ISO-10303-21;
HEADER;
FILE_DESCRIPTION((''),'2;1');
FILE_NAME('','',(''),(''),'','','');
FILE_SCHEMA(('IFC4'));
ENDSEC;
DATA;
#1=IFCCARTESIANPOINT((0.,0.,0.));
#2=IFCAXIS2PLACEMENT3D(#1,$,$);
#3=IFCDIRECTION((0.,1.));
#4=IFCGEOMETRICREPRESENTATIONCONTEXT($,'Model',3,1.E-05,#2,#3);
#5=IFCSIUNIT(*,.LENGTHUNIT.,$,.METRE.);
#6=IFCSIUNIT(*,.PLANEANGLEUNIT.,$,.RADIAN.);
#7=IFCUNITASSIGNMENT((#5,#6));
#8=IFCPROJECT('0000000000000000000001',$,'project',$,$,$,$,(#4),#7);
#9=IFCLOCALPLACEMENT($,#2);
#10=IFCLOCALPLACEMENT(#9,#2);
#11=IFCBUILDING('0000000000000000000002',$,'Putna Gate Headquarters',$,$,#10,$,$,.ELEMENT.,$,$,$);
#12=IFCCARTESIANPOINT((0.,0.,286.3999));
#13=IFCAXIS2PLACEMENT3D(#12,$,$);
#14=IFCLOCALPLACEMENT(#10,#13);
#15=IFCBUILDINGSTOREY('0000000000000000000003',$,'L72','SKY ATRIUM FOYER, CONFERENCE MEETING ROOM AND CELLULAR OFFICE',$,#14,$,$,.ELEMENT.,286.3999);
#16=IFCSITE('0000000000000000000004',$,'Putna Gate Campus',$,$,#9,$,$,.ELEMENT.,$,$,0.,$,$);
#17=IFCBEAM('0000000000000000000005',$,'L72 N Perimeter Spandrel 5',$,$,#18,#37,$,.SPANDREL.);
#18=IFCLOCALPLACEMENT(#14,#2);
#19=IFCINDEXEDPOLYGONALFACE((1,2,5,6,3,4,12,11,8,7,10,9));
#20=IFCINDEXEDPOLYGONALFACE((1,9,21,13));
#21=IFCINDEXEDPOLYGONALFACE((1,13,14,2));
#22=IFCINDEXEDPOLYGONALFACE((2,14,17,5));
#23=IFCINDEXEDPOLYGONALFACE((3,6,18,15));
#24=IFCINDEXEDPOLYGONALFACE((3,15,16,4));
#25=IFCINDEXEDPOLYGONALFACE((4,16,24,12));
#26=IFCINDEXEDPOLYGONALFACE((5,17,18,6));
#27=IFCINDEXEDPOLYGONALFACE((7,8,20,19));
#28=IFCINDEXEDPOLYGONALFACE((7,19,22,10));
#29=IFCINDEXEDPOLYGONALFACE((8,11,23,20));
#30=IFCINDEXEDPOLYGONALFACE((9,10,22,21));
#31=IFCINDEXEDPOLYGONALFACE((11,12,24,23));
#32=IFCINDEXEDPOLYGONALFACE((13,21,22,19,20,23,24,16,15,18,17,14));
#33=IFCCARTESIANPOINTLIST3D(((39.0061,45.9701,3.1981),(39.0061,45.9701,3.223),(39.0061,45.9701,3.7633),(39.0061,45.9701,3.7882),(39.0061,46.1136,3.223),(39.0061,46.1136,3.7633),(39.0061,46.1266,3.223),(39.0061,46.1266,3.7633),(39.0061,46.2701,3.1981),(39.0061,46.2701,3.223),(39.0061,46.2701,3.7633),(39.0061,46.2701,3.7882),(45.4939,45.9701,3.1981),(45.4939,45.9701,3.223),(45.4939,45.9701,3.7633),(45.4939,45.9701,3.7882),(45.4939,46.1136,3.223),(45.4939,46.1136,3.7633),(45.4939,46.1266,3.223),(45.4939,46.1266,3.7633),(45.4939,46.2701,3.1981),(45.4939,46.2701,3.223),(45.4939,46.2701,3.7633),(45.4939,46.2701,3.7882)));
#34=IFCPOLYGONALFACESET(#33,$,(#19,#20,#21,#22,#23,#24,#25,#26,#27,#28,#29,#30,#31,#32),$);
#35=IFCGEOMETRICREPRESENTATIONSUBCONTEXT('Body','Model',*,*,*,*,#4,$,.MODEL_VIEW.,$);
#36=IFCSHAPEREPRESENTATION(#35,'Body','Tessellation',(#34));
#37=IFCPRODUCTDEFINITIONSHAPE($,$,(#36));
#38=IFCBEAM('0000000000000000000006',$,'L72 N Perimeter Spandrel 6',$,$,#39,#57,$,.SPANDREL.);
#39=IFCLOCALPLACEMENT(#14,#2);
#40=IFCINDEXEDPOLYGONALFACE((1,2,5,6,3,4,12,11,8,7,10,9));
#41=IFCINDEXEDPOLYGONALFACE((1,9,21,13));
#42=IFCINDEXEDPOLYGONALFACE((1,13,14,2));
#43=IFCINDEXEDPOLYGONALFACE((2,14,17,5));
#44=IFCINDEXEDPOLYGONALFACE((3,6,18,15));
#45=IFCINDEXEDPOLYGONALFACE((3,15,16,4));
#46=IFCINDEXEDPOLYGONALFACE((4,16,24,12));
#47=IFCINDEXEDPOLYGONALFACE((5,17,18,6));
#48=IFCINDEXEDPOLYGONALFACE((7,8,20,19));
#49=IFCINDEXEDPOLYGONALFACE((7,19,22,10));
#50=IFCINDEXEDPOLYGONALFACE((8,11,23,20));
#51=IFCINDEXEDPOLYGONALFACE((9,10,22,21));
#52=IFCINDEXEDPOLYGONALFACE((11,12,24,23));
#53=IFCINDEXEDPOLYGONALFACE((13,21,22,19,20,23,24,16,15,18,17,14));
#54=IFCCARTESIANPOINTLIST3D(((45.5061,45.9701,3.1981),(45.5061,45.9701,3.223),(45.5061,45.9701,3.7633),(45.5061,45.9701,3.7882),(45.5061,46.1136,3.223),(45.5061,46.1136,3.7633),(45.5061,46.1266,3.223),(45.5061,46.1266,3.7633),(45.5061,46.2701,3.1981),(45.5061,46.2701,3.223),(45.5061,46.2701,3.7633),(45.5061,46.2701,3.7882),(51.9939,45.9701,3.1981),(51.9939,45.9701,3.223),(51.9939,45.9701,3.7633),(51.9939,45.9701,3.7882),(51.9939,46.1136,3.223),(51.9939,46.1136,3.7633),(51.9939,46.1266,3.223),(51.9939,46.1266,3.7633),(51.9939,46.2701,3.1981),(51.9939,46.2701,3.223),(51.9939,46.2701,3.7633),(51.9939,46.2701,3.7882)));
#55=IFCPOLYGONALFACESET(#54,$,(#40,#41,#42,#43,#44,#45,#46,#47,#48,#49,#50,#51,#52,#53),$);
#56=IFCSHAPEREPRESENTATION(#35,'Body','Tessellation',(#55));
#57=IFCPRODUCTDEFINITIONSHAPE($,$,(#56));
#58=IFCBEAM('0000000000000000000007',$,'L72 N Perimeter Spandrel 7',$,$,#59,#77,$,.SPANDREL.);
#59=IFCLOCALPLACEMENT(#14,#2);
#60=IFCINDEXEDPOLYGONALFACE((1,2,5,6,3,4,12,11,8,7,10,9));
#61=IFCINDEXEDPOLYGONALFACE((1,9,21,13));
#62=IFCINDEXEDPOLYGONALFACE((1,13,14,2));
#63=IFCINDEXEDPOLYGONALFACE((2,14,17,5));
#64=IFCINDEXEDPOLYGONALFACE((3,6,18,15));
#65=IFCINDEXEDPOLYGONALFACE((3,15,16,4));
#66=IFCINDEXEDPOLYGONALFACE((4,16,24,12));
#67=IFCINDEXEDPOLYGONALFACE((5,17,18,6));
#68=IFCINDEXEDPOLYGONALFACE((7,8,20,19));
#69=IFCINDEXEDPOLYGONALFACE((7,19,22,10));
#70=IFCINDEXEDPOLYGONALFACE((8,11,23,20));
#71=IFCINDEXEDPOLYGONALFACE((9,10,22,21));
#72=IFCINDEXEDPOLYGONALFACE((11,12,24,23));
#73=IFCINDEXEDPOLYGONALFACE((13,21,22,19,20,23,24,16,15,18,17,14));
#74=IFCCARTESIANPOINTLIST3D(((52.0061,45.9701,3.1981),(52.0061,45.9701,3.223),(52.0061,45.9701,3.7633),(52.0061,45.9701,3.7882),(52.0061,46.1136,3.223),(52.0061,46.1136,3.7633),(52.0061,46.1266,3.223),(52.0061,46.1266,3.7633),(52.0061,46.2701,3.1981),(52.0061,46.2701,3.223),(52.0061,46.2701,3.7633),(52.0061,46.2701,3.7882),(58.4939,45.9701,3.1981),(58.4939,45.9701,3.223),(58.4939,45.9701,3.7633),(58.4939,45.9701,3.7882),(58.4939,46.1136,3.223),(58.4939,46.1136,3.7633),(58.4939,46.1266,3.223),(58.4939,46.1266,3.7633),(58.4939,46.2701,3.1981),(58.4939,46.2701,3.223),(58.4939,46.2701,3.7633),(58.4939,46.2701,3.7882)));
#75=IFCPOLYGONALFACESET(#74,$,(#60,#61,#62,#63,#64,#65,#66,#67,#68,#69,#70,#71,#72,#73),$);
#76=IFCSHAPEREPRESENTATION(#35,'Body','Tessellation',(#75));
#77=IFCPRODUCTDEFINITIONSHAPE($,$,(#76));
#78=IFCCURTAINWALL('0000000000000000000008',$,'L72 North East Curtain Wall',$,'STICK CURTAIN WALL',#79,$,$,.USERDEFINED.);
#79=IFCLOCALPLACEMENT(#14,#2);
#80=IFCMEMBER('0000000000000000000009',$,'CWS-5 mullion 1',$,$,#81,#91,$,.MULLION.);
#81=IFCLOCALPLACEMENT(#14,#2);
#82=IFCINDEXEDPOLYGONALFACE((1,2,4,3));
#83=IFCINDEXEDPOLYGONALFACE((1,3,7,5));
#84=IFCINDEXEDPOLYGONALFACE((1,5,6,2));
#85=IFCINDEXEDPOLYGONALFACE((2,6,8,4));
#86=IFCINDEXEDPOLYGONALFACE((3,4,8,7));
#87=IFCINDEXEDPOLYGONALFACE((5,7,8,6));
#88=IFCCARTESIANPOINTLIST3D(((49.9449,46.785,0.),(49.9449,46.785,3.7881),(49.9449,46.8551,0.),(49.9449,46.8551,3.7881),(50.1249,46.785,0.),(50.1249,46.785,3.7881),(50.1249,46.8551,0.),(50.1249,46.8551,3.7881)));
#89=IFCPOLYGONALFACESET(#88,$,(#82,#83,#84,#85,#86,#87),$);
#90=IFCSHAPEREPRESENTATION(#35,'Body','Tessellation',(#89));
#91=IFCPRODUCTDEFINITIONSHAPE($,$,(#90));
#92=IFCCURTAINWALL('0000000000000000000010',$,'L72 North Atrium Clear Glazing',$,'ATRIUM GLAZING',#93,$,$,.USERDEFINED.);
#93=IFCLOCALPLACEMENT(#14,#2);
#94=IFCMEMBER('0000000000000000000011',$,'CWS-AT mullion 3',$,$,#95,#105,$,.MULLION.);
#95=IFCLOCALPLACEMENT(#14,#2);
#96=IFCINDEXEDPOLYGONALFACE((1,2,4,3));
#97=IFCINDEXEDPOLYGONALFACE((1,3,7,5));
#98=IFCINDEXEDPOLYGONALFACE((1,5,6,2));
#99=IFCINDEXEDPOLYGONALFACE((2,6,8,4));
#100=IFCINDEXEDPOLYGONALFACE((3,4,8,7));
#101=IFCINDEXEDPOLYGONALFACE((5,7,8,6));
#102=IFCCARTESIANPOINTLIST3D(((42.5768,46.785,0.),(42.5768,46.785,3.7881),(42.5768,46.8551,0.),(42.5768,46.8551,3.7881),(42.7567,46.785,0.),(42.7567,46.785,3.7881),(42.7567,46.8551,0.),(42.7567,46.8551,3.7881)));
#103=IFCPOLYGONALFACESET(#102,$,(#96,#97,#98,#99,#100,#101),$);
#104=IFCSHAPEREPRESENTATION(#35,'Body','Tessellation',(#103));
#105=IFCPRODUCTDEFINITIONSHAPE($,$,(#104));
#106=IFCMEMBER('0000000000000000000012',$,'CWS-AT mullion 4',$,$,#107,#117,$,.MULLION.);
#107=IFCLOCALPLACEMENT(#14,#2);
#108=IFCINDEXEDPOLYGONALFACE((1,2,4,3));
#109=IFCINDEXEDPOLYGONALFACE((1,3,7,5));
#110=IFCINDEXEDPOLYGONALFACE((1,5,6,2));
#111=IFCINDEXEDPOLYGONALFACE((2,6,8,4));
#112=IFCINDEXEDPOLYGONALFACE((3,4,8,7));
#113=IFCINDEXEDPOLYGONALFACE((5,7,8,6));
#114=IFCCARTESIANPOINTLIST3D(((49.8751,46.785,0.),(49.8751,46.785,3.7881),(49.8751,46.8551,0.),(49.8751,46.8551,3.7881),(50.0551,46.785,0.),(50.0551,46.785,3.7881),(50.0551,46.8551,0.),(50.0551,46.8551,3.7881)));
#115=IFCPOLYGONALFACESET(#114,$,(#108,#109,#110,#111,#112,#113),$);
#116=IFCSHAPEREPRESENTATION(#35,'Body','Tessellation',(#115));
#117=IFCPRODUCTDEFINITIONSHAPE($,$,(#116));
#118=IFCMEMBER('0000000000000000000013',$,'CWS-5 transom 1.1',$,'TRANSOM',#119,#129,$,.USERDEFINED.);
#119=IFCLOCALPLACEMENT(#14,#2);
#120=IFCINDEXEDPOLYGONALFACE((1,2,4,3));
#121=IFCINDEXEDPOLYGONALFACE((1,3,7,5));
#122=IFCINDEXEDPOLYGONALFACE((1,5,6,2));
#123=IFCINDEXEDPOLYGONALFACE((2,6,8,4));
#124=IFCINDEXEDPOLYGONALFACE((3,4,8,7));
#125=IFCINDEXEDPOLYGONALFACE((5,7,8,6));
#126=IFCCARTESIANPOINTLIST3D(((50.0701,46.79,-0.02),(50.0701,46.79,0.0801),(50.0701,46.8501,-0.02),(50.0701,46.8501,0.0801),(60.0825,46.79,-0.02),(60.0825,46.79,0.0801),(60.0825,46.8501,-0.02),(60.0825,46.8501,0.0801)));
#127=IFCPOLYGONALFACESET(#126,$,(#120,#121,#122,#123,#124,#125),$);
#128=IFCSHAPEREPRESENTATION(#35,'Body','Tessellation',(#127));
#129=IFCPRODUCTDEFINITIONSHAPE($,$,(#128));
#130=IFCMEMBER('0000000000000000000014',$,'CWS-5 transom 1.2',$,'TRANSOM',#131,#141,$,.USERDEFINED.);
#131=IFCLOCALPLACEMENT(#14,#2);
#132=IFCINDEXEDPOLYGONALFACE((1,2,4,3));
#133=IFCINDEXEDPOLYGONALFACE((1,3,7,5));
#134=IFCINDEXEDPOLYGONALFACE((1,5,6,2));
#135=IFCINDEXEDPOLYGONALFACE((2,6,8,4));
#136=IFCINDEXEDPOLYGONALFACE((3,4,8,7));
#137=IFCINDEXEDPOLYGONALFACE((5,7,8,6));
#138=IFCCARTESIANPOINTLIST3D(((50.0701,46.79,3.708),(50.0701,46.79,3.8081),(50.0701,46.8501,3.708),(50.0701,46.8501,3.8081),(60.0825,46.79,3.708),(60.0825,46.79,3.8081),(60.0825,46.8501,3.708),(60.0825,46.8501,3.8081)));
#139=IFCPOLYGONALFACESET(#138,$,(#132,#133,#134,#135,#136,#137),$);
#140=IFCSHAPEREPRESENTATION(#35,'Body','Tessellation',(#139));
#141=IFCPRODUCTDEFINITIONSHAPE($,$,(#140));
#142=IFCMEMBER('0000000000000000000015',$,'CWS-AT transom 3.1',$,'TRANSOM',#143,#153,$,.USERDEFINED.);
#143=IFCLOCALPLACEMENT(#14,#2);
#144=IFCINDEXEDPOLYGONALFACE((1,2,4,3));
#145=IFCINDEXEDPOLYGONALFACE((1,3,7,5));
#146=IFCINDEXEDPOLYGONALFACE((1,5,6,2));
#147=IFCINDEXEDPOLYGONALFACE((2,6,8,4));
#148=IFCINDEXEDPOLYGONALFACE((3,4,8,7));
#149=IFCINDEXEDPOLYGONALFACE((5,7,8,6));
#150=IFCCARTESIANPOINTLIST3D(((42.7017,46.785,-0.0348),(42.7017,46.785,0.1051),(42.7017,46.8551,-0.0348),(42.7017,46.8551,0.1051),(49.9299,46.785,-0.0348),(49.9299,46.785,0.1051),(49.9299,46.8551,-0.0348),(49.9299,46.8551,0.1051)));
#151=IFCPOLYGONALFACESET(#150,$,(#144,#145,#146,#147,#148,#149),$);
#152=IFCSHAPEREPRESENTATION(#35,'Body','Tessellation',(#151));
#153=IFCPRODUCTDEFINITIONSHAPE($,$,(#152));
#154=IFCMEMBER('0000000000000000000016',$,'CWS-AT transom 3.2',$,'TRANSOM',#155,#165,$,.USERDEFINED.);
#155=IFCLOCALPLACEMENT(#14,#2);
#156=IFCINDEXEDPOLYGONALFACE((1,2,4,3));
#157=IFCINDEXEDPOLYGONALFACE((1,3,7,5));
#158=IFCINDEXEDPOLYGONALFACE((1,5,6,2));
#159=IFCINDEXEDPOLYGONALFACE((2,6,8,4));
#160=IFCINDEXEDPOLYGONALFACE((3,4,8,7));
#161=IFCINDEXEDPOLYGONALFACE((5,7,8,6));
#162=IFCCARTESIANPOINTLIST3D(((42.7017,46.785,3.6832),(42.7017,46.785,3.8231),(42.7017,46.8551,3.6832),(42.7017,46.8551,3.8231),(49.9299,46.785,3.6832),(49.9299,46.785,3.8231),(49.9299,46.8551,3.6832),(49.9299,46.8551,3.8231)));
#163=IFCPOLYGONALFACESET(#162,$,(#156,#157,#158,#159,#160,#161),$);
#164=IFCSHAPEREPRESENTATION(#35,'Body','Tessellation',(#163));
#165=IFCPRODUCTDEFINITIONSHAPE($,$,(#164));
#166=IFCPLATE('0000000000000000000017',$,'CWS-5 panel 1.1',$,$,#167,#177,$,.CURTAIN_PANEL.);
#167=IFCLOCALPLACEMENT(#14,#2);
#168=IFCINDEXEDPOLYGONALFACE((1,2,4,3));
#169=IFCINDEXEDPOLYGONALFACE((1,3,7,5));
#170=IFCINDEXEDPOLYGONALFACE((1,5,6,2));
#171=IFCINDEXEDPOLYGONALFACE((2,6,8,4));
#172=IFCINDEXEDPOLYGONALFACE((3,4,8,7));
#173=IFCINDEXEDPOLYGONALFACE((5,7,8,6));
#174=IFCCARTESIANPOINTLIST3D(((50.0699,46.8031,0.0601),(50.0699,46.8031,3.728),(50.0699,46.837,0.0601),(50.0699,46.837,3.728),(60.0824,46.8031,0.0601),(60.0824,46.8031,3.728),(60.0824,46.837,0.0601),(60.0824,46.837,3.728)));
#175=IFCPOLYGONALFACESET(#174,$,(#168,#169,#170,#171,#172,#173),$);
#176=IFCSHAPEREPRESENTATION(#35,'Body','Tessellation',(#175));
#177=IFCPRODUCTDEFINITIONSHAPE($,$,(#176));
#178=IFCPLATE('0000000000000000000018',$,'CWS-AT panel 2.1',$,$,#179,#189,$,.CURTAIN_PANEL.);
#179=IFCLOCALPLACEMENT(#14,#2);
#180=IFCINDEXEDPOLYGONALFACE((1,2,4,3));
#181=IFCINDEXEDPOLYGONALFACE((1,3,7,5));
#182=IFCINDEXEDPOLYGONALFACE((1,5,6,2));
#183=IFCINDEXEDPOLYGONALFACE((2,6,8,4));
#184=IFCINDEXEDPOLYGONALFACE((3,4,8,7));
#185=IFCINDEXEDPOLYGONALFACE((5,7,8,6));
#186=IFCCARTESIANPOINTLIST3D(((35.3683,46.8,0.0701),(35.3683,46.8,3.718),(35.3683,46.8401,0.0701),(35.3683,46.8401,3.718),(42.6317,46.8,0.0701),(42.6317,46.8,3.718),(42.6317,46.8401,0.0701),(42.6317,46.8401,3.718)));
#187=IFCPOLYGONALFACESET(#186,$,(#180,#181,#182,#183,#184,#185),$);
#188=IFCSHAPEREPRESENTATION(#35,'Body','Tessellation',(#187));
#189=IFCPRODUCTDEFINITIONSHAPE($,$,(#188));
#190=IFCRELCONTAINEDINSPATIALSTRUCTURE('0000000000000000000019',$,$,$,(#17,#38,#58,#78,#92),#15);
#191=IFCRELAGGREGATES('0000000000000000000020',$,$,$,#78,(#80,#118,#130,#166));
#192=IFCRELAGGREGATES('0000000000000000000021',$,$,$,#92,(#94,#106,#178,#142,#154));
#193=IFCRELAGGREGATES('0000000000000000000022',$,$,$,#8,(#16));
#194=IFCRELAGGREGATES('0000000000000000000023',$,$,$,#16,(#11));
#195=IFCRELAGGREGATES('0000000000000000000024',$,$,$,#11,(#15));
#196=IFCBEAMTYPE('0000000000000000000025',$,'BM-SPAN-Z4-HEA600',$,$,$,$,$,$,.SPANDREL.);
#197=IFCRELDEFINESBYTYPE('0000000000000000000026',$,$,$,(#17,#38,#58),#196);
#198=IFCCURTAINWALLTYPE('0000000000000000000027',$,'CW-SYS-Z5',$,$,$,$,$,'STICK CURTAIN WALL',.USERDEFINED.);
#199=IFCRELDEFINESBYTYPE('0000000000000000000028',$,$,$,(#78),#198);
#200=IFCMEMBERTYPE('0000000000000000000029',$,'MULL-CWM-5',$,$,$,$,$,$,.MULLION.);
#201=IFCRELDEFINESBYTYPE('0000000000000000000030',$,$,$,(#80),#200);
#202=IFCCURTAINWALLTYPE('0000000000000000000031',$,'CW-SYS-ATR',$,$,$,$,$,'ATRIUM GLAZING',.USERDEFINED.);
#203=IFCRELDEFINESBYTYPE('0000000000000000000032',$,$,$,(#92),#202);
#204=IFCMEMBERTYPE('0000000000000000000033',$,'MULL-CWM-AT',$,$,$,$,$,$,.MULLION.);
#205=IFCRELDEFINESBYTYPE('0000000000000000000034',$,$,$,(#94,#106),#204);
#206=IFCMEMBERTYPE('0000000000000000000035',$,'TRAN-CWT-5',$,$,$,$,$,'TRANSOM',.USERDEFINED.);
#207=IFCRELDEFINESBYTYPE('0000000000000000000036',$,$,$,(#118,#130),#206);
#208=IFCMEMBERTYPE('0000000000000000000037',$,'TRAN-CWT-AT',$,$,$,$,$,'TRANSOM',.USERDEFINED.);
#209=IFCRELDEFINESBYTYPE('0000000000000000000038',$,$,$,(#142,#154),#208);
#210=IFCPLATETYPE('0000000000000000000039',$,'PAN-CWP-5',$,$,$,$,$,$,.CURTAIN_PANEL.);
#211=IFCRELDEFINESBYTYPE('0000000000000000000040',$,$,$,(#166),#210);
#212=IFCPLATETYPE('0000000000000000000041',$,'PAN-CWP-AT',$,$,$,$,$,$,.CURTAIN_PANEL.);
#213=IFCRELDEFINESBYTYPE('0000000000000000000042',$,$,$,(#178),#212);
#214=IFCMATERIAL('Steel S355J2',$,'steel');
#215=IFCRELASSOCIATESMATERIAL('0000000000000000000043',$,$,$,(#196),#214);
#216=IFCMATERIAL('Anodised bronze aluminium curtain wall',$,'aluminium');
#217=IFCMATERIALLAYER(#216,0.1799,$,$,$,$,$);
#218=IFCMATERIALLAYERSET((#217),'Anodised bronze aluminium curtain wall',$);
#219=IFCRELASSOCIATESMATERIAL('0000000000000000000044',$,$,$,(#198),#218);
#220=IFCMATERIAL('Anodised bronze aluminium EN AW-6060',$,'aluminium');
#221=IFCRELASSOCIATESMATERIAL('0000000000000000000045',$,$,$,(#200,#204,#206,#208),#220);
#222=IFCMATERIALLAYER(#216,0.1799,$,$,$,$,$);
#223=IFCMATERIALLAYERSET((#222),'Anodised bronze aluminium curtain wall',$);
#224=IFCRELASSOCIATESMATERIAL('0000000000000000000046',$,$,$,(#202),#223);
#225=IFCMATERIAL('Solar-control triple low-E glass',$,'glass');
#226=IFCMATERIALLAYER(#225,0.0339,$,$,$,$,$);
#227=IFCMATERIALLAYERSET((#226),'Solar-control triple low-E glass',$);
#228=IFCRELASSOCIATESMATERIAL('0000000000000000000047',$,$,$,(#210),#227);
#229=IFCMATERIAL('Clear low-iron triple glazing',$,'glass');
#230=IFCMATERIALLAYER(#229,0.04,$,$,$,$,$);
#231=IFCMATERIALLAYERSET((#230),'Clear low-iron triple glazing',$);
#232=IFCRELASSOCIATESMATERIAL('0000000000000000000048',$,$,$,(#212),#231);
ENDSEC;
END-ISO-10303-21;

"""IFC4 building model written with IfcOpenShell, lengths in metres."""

from ifc_helpers import new_model, si_unit, direction, frame, origin, origin_2d, place, context, subcontext, project, spatial, rectangle, i_section, extrude, material, layer, layer_set, material_profile, profile_set, type_object, element, aggregate, save


model = new_model("IFC4")

# Units and contexts
model_context = context("Model", 3, precision=1e-05, world=origin(), true_north=direction((0.0, 1.0)))
body_context = subcontext(model_context, "Body", "Model", "MODEL_VIEW")
ifc_project = project(units=[si_unit("LENGTHUNIT", "METRE"), si_unit("PLANEANGLEUNIT", "RADIAN")], contexts=[model_context])

# Site, building, storey
site_placement = place(None, origin())
site = spatial("IfcSite", under=ifc_project, at=site_placement, Name="Putna Gate Campus", CompositionType="ELEMENT", RefElevation=0.0)
building_placement = place(site_placement, origin())
building = spatial("IfcBuilding", under=site, at=building_placement, Name="Putna Gate Headquarters", CompositionType="ELEMENT")
storey_placement = place(building_placement, frame((0.0, 0.0, 286.3999)))
storey = spatial("IfcBuildingStorey", under=building, at=storey_placement, Name="L72", Description="SKY ATRIUM FOYER, CONFERENCE MEETING ROOM AND CELLULAR OFFICE", CompositionType="ELEMENT", Elevation=286.3999)

# Beams
ifc_material_1 = material(Name="Steel S355J2", Category="steel")
ifc_material_profile_1 = material_profile(ifc_material_1, i_section(OverallWidth=0.3, OverallDepth=0.5901, WebThickness=0.0129, FlangeThickness=0.0249, at=origin_2d()), Name="Steel S355J2")
ifc_profile_set_1 = profile_set([ifc_material_profile_1], Name="Steel S355J2")
beam_type_1 = type_object("IfcBeamType", Name="BM-SPAN-Z4-HEA600", PredefinedType="SPANDREL", material=ifc_profile_set_1)
for number, where, z_axis, x_axis, name in (
    (1, (39.0061, 46.1201, 3.4932), (1.0, 0.0, 0.0), (0.0, 1.0, 0.0), "L72 N Perimeter Spandrel 5"),
    (2, (45.5061, 46.1201, 3.4932), (1.0, 0.0, 0.0), (0.0, 1.0, 0.0), "L72 N Perimeter Spandrel 6"),
    (3, (52.0061, 46.1201, 3.4932), (1.0, 0.0, 0.0), (0.0, 1.0, 0.0), "L72 N Perimeter Spandrel 7"),
):
    element("IfcBeam", number, at=place(storey_placement, frame(where, z_axis=z_axis, x_axis=x_axis)), inside=storey, type_object=beam_type_1, Name=name, PredefinedType="SPANDREL", context=body_context, shape_type="SweptSolid", body=[
        extrude(i_section(OverallWidth=0.3, OverallDepth=0.5901, WebThickness=0.0129, FlangeThickness=0.0249, at=origin_2d()), origin(), (0.0, 0.0, 1.0), 6.4878),
    ])

# Curtain wall, member
ifc_material_2 = material(Name="Anodised bronze aluminium curtain wall", Category="aluminium")
ifc_layer_1 = layer(ifc_material_2, 0.1799)
ifc_layer_set_1 = layer_set([ifc_layer_1], Name="Anodised bronze aluminium curtain wall")
curtain_wall_type_1 = type_object("IfcCurtainWallType", Name="CW-SYS-Z5", ElementType="STICK CURTAIN WALL", PredefinedType="USERDEFINED", material=ifc_layer_set_1)
curtain_wall_1_placement = place(storey_placement, origin())
curtain_wall_1 = element("IfcCurtainWall", 4, at=curtain_wall_1_placement, inside=storey, type_object=curtain_wall_type_1, Name="L72 North East Curtain Wall", ObjectType="STICK CURTAIN WALL", PredefinedType="USERDEFINED")
ifc_material_3 = material(Name="Anodised bronze aluminium EN AW-6060", Category="aluminium")
ifc_material_profile_2 = material_profile(ifc_material_3, rectangle(XDim=0.0701, YDim=0.1799, at=origin_2d()), Name="Anodised bronze aluminium EN AW-6060")
ifc_profile_set_2 = profile_set([ifc_material_profile_2], Name="Anodised bronze aluminium EN AW-6060")
member_type_1 = type_object("IfcMemberType", Name="MULL-CWM-5", PredefinedType="MULLION", material=ifc_profile_set_2)
member_1_placement = place(storey_placement, frame((50.0349, 46.8201, 0.0), z_axis=(0.0, 0.0, 1.0), x_axis=(0.0, 1.0, 0.0)))
member_1 = element("IfcMember", 5, at=member_1_placement, type_object=member_type_1, Name="CWS-5 mullion 1", PredefinedType="MULLION", context=body_context, shape_type="SweptSolid", body=[
    extrude(rectangle(XDim=0.0701, YDim=0.1799, at=origin_2d()), origin(), (0.0, 0.0, 1.0), 3.7881),
])

# Curtain wall, members
ifc_layer_2 = layer(ifc_material_2, 0.1799)
ifc_layer_set_2 = layer_set([ifc_layer_2], Name="Anodised bronze aluminium curtain wall")
curtain_wall_type_2 = type_object("IfcCurtainWallType", Name="CW-SYS-ATR", ElementType="ATRIUM GLAZING", PredefinedType="USERDEFINED", material=ifc_layer_set_2)
curtain_wall_2_placement = place(storey_placement, origin())
curtain_wall_2 = element("IfcCurtainWall", 6, at=curtain_wall_2_placement, inside=storey, type_object=curtain_wall_type_2, Name="L72 North Atrium Clear Glazing", ObjectType="ATRIUM GLAZING", PredefinedType="USERDEFINED")
ifc_material_profile_3 = material_profile(ifc_material_3, rectangle(XDim=0.0701, YDim=0.1799, at=origin_2d()), Name="Anodised bronze aluminium EN AW-6060")
ifc_profile_set_3 = profile_set([ifc_material_profile_3], Name="Anodised bronze aluminium EN AW-6060")
member_type_2 = type_object("IfcMemberType", Name="MULL-CWM-AT", PredefinedType="MULLION", material=ifc_profile_set_3)
member_2_placement = place(storey_placement, frame((42.6667, 46.8201, 0.0), z_axis=(0.0, 0.0, 1.0), x_axis=(0.0, 1.0, 0.0)))
member_2 = element("IfcMember", 7, at=member_2_placement, type_object=member_type_2, Name="CWS-AT mullion 3", PredefinedType="MULLION", context=body_context, shape_type="SweptSolid", body=[
    extrude(rectangle(XDim=0.0701, YDim=0.1799, at=origin_2d()), origin(), (0.0, 0.0, 1.0), 3.7881),
])
member_3_placement = place(storey_placement, frame((49.9651, 46.8201, 0.0), z_axis=(0.0, 0.0, 1.0), x_axis=(0.0, 1.0, 0.0)))
member_3 = element("IfcMember", 8, at=member_3_placement, type_object=member_type_2, Name="CWS-AT mullion 4", PredefinedType="MULLION", context=body_context, shape_type="SweptSolid", body=[
    extrude(rectangle(XDim=0.0701, YDim=0.1799, at=origin_2d()), origin(), (0.0, 0.0, 1.0), 3.7881),
])

# Members
ifc_material_profile_4 = material_profile(ifc_material_3, rectangle(XDim=0.0601, YDim=0.1001, at=origin_2d()), Name="Anodised bronze aluminium EN AW-6060")
ifc_profile_set_4 = profile_set([ifc_material_profile_4], Name="Anodised bronze aluminium EN AW-6060")
member_type_3 = type_object("IfcMemberType", Name="TRAN-CWT-5", ElementType="TRANSOM", PredefinedType="USERDEFINED", material=ifc_profile_set_4)
member_4_placement = place(storey_placement, frame((50.0701, 46.8201, 0.03), z_axis=(1.0, 0.0, 0.0), x_axis=(0.0, 1.0, 0.0)))
member_4 = element("IfcMember", 9, at=member_4_placement, type_object=member_type_3, Name="CWS-5 transom 1.1", ObjectType="TRANSOM", PredefinedType="USERDEFINED", context=body_context, shape_type="SweptSolid", body=[
    extrude(rectangle(XDim=0.0601, YDim=0.1001, at=origin_2d()), origin(), (0.0, 0.0, 1.0), 10.0125),
])
member_5_placement = place(storey_placement, frame((50.0701, 46.8201, 3.7581), z_axis=(1.0, 0.0, 0.0), x_axis=(0.0, 1.0, 0.0)))
member_5 = element("IfcMember", 10, at=member_5_placement, type_object=member_type_3, Name="CWS-5 transom 1.2", ObjectType="TRANSOM", PredefinedType="USERDEFINED", context=body_context, shape_type="SweptSolid", body=[
    extrude(rectangle(XDim=0.0601, YDim=0.1001, at=origin_2d()), origin(), (0.0, 0.0, 1.0), 10.0125),
])
ifc_material_profile_5 = material_profile(ifc_material_3, rectangle(XDim=0.0701, YDim=0.1399, at=origin_2d()), Name="Anodised bronze aluminium EN AW-6060")
ifc_profile_set_5 = profile_set([ifc_material_profile_5], Name="Anodised bronze aluminium EN AW-6060")
member_type_4 = type_object("IfcMemberType", Name="TRAN-CWT-AT", ElementType="TRANSOM", PredefinedType="USERDEFINED", material=ifc_profile_set_5)
member_6_placement = place(storey_placement, frame((42.7017, 46.8201, 0.0352), z_axis=(1.0, 0.0, 0.0), x_axis=(0.0, 1.0, 0.0)))
member_6 = element("IfcMember", 11, at=member_6_placement, type_object=member_type_4, Name="CWS-AT transom 3.1", ObjectType="TRANSOM", PredefinedType="USERDEFINED", context=body_context, shape_type="SweptSolid", body=[
    extrude(rectangle(XDim=0.0701, YDim=0.1399, at=origin_2d()), origin(), (0.0, 0.0, 1.0), 7.2283),
])
member_7_placement = place(storey_placement, frame((42.7017, 46.8201, 3.7532), z_axis=(1.0, 0.0, 0.0), x_axis=(0.0, 1.0, 0.0)))
member_7 = element("IfcMember", 12, at=member_7_placement, type_object=member_type_4, Name="CWS-AT transom 3.2", ObjectType="TRANSOM", PredefinedType="USERDEFINED", context=body_context, shape_type="SweptSolid", body=[
    extrude(rectangle(XDim=0.0701, YDim=0.1399, at=origin_2d()), origin(), (0.0, 0.0, 1.0), 7.2283),
])

# Plates
ifc_material_4 = material(Name="Solar-control triple low-E glass", Category="glass")
ifc_layer_3 = layer(ifc_material_4, 0.0339)
ifc_layer_set_3 = layer_set([ifc_layer_3], Name="Solar-control triple low-E glass")
plate_type_1 = type_object("IfcPlateType", Name="PAN-CWP-5", PredefinedType="CURTAIN_PANEL", material=ifc_layer_set_3)
plate_1_placement = place(storey_placement, frame((55.0762, 46.8201, 0.0601), z_axis=(0.0, 0.0, 1.0), x_axis=(1.0, 0.0, 0.0)))
plate_1 = element("IfcPlate", 13, at=plate_1_placement, type_object=plate_type_1, Name="CWS-5 panel 1.1", PredefinedType="CURTAIN_PANEL", context=body_context, shape_type="SweptSolid", body=[
    extrude(rectangle(XDim=10.0125, YDim=0.0339, at=origin_2d()), origin(), (0.0, 0.0, 1.0), 3.668),
])
aggregate(curtain_wall_1, [member_1, member_4, member_5, plate_1])
ifc_material_5 = material(Name="Clear low-iron triple glazing", Category="glass")
ifc_layer_4 = layer(ifc_material_5, 0.04)
ifc_layer_set_4 = layer_set([ifc_layer_4], Name="Clear low-iron triple glazing")
plate_type_2 = type_object("IfcPlateType", Name="PAN-CWP-AT", PredefinedType="CURTAIN_PANEL", material=ifc_layer_set_4)
plate_2_placement = place(storey_placement, frame((39.0, 46.8201, 0.0701), z_axis=(0.0, 0.0, 1.0), x_axis=(1.0, 0.0, 0.0)))
plate_2 = element("IfcPlate", 14, at=plate_2_placement, type_object=plate_type_2, Name="CWS-AT panel 2.1", PredefinedType="CURTAIN_PANEL", context=body_context, shape_type="SweptSolid", body=[
    extrude(rectangle(XDim=7.2634, YDim=0.04, at=origin_2d()), origin(), (0.0, 0.0, 1.0), 3.6479),
])
aggregate(curtain_wall_2, [member_2, member_3, plate_2, member_6, member_7])

save(model, "model.ifc")
